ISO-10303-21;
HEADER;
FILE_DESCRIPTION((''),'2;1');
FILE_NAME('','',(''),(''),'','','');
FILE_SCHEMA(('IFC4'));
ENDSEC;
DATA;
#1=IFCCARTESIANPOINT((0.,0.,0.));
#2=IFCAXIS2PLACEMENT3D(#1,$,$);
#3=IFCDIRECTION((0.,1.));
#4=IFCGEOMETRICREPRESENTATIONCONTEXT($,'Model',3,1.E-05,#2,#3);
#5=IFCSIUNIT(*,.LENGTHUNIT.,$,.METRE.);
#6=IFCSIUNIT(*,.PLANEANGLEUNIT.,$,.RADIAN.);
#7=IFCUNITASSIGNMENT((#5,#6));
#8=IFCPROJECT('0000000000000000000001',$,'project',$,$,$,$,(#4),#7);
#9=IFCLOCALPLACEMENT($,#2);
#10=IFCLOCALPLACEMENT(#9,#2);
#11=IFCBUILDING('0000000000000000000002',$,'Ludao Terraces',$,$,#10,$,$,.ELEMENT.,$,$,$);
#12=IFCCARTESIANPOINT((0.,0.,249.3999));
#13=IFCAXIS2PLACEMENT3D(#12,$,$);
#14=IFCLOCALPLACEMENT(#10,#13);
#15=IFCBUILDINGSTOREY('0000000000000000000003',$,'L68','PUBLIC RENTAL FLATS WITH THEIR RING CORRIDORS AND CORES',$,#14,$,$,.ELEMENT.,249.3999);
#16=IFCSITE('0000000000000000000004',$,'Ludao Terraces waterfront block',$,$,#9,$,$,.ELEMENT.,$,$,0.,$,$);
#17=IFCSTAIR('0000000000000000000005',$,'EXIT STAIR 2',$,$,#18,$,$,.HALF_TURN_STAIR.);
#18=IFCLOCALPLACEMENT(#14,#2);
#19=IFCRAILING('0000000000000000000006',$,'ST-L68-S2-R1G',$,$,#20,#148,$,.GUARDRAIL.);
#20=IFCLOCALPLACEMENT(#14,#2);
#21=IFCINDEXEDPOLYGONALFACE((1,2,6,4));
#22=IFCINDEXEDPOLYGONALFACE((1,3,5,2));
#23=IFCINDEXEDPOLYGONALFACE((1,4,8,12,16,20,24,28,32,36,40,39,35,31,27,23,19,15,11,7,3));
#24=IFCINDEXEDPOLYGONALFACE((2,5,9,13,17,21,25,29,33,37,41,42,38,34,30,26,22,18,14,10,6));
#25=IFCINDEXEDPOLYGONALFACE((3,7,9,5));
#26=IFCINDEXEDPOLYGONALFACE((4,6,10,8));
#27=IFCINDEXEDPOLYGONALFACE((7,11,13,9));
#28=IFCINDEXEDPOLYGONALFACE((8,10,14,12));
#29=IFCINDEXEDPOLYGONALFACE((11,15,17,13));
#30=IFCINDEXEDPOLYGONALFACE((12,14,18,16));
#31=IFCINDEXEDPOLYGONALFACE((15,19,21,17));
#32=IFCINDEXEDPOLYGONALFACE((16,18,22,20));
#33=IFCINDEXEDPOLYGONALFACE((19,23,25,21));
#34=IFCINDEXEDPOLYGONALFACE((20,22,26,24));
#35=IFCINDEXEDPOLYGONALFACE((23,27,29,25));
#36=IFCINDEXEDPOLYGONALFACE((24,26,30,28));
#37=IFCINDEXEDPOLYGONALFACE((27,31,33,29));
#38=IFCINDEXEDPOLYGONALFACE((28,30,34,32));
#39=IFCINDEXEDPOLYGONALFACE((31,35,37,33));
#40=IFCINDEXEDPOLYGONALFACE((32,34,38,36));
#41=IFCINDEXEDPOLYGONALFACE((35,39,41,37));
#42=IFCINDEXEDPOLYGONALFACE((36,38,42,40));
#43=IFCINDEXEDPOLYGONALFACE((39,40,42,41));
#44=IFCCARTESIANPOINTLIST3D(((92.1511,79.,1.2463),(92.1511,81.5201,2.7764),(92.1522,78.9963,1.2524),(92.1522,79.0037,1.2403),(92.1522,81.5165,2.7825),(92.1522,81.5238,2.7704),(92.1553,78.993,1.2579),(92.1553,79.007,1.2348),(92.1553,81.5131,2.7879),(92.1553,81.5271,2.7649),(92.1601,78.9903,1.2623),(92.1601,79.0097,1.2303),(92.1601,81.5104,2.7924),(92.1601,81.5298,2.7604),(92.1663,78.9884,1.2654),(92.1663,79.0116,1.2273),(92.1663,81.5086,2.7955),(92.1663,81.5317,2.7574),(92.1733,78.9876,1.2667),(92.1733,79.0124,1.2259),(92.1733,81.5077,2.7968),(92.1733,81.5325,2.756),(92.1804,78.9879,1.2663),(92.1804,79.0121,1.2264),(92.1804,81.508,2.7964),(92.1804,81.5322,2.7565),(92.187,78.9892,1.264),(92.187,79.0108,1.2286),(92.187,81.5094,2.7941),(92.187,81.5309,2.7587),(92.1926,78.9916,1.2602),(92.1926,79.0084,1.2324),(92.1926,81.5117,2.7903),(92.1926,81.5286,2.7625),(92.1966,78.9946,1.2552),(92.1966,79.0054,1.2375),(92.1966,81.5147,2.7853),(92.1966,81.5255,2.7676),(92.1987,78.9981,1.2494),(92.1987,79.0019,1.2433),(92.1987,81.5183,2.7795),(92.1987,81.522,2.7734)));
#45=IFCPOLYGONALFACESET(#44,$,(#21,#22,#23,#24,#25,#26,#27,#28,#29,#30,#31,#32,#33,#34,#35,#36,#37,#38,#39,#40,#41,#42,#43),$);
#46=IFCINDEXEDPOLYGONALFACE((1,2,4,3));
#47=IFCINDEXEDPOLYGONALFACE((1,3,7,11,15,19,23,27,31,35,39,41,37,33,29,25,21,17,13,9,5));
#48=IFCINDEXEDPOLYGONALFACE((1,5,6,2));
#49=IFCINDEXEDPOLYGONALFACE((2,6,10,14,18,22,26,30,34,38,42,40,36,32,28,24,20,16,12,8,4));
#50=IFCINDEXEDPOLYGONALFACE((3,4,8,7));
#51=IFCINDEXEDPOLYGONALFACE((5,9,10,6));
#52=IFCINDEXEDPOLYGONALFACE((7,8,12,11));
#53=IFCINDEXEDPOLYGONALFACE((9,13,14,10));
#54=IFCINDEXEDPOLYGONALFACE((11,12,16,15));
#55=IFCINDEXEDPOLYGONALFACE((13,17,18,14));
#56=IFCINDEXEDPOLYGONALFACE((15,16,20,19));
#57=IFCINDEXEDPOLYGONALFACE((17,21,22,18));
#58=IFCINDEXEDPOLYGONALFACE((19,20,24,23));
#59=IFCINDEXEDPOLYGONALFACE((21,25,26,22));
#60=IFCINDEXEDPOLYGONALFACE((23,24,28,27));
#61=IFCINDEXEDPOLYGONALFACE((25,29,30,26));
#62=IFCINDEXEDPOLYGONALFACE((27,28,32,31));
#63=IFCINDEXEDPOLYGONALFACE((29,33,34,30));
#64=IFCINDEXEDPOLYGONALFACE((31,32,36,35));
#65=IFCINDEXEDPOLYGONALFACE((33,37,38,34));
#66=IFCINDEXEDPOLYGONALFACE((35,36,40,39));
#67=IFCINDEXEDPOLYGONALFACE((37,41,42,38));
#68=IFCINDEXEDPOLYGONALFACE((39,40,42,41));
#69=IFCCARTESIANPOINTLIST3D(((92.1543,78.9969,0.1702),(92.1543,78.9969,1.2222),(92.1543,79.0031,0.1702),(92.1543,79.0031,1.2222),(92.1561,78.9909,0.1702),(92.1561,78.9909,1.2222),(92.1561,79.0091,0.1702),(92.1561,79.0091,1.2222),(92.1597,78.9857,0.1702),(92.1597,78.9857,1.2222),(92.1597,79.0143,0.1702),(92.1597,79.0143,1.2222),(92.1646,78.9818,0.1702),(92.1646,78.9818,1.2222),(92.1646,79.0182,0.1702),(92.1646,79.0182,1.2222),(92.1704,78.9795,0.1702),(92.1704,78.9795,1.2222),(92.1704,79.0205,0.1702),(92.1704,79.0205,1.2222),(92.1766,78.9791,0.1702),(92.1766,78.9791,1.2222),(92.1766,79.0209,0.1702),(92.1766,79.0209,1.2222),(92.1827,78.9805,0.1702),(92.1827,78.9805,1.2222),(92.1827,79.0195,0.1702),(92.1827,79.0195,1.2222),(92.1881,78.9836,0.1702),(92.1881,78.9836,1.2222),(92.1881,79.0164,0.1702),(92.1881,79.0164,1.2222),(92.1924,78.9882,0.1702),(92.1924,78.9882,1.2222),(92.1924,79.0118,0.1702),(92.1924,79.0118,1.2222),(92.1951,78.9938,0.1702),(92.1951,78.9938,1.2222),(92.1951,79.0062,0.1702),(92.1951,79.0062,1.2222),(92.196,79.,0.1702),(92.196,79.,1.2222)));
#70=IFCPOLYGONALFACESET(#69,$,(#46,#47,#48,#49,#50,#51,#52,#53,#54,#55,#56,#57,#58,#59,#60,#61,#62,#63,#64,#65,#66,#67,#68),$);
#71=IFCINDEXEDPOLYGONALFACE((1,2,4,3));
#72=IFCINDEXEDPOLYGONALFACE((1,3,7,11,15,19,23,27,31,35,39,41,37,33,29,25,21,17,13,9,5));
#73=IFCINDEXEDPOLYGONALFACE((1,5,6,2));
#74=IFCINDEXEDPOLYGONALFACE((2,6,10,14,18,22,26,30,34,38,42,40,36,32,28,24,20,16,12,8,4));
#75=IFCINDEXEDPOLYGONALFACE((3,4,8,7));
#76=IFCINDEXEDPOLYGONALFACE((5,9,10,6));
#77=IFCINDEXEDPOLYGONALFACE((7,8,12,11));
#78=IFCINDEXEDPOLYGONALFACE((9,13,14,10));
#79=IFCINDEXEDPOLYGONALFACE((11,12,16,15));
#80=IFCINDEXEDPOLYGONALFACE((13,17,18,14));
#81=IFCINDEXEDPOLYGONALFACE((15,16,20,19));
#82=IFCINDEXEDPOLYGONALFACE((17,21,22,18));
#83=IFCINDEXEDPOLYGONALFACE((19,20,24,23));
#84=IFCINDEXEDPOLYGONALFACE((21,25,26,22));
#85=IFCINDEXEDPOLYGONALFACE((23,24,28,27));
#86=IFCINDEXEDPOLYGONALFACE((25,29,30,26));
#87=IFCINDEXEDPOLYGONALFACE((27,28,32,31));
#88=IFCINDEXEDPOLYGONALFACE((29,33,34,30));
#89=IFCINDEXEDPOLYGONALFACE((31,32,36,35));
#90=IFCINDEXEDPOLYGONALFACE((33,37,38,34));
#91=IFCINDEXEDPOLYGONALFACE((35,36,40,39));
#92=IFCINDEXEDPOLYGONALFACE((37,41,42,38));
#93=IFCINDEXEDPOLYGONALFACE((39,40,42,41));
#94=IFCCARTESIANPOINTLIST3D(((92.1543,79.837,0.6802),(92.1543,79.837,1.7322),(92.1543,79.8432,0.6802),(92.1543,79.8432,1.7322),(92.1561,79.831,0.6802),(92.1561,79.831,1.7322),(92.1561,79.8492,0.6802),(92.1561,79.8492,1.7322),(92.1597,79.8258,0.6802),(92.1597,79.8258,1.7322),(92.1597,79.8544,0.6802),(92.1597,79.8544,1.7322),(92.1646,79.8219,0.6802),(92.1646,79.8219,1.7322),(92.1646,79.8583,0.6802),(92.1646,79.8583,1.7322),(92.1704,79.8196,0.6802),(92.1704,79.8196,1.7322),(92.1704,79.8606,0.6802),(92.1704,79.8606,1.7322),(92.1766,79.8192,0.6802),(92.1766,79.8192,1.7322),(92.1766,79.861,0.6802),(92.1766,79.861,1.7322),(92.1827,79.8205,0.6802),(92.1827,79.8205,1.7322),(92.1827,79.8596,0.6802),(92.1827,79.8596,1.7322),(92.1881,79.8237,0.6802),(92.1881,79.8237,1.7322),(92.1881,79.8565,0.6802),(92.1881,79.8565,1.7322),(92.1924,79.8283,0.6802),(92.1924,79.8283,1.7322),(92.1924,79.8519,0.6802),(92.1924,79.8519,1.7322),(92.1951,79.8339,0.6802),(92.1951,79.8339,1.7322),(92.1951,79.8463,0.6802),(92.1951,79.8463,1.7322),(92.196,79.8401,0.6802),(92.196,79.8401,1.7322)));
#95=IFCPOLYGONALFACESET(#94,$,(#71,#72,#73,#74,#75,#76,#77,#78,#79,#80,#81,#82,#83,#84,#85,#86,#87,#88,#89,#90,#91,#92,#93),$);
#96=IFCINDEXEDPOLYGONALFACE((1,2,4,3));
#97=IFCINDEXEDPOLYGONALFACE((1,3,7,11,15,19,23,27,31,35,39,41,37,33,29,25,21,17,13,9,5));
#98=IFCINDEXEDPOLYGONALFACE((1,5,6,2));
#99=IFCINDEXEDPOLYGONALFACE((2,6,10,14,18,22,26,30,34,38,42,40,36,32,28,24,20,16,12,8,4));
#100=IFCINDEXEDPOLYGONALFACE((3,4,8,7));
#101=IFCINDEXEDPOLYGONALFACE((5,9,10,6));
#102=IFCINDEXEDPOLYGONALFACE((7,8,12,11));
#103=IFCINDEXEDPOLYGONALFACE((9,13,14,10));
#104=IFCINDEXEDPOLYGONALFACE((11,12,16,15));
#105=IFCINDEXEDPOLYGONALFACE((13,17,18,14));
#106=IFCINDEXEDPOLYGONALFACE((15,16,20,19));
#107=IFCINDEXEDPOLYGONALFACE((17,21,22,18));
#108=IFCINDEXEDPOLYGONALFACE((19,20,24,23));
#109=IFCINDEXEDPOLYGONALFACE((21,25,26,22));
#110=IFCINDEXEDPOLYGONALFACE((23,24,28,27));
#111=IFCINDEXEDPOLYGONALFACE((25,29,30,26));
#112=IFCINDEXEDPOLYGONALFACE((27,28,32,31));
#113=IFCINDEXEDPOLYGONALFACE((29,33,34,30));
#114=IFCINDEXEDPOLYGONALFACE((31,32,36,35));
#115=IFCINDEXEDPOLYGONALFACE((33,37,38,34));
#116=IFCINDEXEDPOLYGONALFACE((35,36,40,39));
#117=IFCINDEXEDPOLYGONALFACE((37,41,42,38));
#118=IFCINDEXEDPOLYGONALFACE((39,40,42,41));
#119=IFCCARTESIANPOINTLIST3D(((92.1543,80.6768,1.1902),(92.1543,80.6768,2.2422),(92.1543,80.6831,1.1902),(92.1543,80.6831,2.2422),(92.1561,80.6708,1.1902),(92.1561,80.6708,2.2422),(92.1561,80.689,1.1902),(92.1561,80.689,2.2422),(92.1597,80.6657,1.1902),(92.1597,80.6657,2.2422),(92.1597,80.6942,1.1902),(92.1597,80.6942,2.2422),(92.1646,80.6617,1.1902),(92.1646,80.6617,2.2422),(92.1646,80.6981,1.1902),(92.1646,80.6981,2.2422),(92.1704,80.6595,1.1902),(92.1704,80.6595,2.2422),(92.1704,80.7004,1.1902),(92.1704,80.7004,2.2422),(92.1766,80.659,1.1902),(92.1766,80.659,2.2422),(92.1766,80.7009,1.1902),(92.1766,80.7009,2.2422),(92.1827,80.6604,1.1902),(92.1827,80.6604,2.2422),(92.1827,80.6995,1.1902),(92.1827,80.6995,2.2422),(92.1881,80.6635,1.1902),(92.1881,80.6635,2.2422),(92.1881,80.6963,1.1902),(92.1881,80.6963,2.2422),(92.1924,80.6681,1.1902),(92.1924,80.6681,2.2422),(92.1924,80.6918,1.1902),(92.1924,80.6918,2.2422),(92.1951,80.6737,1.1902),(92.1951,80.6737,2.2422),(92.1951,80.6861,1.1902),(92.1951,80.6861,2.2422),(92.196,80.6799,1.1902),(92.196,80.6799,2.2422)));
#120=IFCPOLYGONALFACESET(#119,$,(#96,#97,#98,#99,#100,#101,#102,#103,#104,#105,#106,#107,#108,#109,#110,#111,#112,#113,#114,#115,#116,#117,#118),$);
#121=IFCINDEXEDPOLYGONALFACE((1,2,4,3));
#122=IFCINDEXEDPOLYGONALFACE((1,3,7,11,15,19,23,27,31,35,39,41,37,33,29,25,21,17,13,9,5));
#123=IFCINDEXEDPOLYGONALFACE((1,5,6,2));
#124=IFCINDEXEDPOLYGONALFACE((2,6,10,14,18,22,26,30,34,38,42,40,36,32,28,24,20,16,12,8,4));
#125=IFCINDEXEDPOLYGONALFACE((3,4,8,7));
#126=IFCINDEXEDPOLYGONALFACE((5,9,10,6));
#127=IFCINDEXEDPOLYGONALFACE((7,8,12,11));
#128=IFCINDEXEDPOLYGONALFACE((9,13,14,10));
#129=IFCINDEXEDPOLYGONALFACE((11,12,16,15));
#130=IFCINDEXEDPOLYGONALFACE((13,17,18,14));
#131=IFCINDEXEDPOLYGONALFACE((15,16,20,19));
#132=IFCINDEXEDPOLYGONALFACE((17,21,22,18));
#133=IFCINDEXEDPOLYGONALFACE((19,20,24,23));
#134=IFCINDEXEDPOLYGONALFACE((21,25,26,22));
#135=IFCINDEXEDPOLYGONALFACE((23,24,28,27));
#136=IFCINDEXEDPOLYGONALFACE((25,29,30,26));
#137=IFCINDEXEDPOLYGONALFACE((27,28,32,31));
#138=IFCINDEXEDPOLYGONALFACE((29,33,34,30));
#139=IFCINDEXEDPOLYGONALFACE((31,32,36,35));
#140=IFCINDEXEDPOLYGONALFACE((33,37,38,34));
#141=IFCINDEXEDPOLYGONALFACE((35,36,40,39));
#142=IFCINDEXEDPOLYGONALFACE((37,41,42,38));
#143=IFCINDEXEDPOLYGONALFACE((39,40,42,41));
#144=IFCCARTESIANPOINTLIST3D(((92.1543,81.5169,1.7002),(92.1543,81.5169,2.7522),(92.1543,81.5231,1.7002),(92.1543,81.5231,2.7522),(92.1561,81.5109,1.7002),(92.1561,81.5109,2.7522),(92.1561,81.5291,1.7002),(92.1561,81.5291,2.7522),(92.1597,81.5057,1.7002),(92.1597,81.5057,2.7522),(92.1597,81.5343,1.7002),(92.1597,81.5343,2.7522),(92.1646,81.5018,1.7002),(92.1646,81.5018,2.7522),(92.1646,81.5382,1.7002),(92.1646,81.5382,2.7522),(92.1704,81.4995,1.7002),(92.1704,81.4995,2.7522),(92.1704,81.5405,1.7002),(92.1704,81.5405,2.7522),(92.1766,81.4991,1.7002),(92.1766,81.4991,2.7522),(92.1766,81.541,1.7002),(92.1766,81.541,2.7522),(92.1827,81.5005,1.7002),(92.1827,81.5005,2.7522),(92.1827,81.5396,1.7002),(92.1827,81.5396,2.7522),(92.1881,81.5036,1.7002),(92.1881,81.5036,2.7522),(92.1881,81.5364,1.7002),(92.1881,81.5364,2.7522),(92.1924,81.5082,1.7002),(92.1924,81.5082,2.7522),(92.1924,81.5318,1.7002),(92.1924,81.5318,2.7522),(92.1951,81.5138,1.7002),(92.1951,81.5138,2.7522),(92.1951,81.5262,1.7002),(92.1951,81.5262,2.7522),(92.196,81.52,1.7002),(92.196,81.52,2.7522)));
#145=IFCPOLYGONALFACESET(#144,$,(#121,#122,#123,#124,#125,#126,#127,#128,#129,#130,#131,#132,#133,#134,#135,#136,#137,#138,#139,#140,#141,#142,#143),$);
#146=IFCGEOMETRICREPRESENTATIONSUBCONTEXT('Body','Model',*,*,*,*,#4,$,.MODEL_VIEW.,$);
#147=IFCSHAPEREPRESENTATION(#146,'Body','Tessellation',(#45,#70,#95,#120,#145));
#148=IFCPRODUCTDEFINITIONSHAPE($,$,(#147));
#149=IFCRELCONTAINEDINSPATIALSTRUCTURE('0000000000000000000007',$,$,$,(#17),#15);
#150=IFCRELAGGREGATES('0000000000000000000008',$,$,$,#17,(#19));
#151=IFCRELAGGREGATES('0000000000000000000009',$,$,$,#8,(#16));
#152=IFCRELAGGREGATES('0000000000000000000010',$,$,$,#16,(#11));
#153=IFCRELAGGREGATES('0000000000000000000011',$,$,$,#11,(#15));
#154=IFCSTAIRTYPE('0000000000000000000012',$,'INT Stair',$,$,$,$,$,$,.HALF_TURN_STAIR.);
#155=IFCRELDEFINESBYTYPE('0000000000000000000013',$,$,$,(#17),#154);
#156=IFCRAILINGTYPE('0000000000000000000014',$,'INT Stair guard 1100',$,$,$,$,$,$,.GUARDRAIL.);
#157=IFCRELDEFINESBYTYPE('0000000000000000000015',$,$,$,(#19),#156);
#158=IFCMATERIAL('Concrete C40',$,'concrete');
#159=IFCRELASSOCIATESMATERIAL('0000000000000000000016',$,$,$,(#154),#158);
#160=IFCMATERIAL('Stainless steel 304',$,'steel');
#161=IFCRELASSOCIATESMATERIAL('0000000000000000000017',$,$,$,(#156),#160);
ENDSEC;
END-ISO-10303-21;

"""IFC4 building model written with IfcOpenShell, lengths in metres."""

from ifc_helpers import new_model, si_unit, direction, frame, origin, origin_2d, place, context, subcontext, project, spatial, circle, extrude, material, type_object, element, aggregate, save


model = new_model("IFC4")

# Units and contexts
model_context = context("Model", 3, precision=1e-05, world=origin(), true_north=direction((0.0, 1.0)))
body_context = subcontext(model_context, "Body", "Model", "MODEL_VIEW")
ifc_project = project(units=[si_unit("LENGTHUNIT", "METRE"), si_unit("PLANEANGLEUNIT", "RADIAN")], contexts=[model_context])

# Site, building, storey
site_placement = place(None, origin())
site = spatial("IfcSite", under=ifc_project, at=site_placement, Name="Ludao Terraces waterfront block", CompositionType="ELEMENT", RefElevation=0.0)
building_placement = place(site_placement, origin())
building = spatial("IfcBuilding", under=site, at=building_placement, Name="Ludao Terraces", CompositionType="ELEMENT")
storey_placement = place(building_placement, frame((0.0, 0.0, 249.3999)))
storey = spatial("IfcBuildingStorey", under=building, at=storey_placement, Name="L68", Description="PUBLIC RENTAL FLATS WITH THEIR RING CORRIDORS AND CORES", CompositionType="ELEMENT", Elevation=249.3999)

# Shared definitions
ifc_material_1 = material(Name="Stainless steel 304", Category="steel")

# Stair, railing
ifc_material_2 = material(Name="Concrete C40", Category="concrete")
stair_type = type_object("IfcStairType", Name="INT Stair", PredefinedType="HALF_TURN_STAIR", material=ifc_material_2)
stair_placement = place(storey_placement, origin())
stair = element("IfcStair", 1, at=stair_placement, inside=storey, type_object=stair_type, Name="EXIT STAIR 2", PredefinedType="HALF_TURN_STAIR")
railing_type_1 = type_object("IfcRailingType", Name="INT Stair guard 1100", PredefinedType="GUARDRAIL", material=ifc_material_1)
railing_1_placement = place(storey_placement, frame((92.175, 79.0, 0.1702)))
railing_1 = element("IfcRailing", 2, at=railing_1_placement, type_object=railing_type_1, Name="ST-L68-S2-R1G", PredefinedType="GUARDRAIL", context=body_context, shape_type="SweptSolid", body=[
    extrude(circle(Radius=0.0239, at=origin_2d()), frame((0.0, 0.0, 1.0762), z_axis=(0.0, 0.854785, 0.518982), x_axis=(-1.0, 0.0, 0.0)), (0.0, 0.0, 1.0), 2.9482),
    extrude(circle(Radius=0.021, at=origin_2d()), origin(), (0.0, 0.0, 1.0), 1.052),
    extrude(circle(Radius=0.021, at=origin_2d()), frame((0.0, 0.8401, 0.51)), (0.0, 0.0, 1.0), 1.052),
    extrude(circle(Radius=0.021, at=origin_2d()), frame((0.0, 1.6799, 1.02)), (0.0, 0.0, 1.0), 1.052),
    extrude(circle(Radius=0.021, at=origin_2d()), frame((0.0, 2.52, 1.53)), (0.0, 0.0, 1.0), 1.052),
])
aggregate(stair, [railing_1])

save(model, "model.ifc")
